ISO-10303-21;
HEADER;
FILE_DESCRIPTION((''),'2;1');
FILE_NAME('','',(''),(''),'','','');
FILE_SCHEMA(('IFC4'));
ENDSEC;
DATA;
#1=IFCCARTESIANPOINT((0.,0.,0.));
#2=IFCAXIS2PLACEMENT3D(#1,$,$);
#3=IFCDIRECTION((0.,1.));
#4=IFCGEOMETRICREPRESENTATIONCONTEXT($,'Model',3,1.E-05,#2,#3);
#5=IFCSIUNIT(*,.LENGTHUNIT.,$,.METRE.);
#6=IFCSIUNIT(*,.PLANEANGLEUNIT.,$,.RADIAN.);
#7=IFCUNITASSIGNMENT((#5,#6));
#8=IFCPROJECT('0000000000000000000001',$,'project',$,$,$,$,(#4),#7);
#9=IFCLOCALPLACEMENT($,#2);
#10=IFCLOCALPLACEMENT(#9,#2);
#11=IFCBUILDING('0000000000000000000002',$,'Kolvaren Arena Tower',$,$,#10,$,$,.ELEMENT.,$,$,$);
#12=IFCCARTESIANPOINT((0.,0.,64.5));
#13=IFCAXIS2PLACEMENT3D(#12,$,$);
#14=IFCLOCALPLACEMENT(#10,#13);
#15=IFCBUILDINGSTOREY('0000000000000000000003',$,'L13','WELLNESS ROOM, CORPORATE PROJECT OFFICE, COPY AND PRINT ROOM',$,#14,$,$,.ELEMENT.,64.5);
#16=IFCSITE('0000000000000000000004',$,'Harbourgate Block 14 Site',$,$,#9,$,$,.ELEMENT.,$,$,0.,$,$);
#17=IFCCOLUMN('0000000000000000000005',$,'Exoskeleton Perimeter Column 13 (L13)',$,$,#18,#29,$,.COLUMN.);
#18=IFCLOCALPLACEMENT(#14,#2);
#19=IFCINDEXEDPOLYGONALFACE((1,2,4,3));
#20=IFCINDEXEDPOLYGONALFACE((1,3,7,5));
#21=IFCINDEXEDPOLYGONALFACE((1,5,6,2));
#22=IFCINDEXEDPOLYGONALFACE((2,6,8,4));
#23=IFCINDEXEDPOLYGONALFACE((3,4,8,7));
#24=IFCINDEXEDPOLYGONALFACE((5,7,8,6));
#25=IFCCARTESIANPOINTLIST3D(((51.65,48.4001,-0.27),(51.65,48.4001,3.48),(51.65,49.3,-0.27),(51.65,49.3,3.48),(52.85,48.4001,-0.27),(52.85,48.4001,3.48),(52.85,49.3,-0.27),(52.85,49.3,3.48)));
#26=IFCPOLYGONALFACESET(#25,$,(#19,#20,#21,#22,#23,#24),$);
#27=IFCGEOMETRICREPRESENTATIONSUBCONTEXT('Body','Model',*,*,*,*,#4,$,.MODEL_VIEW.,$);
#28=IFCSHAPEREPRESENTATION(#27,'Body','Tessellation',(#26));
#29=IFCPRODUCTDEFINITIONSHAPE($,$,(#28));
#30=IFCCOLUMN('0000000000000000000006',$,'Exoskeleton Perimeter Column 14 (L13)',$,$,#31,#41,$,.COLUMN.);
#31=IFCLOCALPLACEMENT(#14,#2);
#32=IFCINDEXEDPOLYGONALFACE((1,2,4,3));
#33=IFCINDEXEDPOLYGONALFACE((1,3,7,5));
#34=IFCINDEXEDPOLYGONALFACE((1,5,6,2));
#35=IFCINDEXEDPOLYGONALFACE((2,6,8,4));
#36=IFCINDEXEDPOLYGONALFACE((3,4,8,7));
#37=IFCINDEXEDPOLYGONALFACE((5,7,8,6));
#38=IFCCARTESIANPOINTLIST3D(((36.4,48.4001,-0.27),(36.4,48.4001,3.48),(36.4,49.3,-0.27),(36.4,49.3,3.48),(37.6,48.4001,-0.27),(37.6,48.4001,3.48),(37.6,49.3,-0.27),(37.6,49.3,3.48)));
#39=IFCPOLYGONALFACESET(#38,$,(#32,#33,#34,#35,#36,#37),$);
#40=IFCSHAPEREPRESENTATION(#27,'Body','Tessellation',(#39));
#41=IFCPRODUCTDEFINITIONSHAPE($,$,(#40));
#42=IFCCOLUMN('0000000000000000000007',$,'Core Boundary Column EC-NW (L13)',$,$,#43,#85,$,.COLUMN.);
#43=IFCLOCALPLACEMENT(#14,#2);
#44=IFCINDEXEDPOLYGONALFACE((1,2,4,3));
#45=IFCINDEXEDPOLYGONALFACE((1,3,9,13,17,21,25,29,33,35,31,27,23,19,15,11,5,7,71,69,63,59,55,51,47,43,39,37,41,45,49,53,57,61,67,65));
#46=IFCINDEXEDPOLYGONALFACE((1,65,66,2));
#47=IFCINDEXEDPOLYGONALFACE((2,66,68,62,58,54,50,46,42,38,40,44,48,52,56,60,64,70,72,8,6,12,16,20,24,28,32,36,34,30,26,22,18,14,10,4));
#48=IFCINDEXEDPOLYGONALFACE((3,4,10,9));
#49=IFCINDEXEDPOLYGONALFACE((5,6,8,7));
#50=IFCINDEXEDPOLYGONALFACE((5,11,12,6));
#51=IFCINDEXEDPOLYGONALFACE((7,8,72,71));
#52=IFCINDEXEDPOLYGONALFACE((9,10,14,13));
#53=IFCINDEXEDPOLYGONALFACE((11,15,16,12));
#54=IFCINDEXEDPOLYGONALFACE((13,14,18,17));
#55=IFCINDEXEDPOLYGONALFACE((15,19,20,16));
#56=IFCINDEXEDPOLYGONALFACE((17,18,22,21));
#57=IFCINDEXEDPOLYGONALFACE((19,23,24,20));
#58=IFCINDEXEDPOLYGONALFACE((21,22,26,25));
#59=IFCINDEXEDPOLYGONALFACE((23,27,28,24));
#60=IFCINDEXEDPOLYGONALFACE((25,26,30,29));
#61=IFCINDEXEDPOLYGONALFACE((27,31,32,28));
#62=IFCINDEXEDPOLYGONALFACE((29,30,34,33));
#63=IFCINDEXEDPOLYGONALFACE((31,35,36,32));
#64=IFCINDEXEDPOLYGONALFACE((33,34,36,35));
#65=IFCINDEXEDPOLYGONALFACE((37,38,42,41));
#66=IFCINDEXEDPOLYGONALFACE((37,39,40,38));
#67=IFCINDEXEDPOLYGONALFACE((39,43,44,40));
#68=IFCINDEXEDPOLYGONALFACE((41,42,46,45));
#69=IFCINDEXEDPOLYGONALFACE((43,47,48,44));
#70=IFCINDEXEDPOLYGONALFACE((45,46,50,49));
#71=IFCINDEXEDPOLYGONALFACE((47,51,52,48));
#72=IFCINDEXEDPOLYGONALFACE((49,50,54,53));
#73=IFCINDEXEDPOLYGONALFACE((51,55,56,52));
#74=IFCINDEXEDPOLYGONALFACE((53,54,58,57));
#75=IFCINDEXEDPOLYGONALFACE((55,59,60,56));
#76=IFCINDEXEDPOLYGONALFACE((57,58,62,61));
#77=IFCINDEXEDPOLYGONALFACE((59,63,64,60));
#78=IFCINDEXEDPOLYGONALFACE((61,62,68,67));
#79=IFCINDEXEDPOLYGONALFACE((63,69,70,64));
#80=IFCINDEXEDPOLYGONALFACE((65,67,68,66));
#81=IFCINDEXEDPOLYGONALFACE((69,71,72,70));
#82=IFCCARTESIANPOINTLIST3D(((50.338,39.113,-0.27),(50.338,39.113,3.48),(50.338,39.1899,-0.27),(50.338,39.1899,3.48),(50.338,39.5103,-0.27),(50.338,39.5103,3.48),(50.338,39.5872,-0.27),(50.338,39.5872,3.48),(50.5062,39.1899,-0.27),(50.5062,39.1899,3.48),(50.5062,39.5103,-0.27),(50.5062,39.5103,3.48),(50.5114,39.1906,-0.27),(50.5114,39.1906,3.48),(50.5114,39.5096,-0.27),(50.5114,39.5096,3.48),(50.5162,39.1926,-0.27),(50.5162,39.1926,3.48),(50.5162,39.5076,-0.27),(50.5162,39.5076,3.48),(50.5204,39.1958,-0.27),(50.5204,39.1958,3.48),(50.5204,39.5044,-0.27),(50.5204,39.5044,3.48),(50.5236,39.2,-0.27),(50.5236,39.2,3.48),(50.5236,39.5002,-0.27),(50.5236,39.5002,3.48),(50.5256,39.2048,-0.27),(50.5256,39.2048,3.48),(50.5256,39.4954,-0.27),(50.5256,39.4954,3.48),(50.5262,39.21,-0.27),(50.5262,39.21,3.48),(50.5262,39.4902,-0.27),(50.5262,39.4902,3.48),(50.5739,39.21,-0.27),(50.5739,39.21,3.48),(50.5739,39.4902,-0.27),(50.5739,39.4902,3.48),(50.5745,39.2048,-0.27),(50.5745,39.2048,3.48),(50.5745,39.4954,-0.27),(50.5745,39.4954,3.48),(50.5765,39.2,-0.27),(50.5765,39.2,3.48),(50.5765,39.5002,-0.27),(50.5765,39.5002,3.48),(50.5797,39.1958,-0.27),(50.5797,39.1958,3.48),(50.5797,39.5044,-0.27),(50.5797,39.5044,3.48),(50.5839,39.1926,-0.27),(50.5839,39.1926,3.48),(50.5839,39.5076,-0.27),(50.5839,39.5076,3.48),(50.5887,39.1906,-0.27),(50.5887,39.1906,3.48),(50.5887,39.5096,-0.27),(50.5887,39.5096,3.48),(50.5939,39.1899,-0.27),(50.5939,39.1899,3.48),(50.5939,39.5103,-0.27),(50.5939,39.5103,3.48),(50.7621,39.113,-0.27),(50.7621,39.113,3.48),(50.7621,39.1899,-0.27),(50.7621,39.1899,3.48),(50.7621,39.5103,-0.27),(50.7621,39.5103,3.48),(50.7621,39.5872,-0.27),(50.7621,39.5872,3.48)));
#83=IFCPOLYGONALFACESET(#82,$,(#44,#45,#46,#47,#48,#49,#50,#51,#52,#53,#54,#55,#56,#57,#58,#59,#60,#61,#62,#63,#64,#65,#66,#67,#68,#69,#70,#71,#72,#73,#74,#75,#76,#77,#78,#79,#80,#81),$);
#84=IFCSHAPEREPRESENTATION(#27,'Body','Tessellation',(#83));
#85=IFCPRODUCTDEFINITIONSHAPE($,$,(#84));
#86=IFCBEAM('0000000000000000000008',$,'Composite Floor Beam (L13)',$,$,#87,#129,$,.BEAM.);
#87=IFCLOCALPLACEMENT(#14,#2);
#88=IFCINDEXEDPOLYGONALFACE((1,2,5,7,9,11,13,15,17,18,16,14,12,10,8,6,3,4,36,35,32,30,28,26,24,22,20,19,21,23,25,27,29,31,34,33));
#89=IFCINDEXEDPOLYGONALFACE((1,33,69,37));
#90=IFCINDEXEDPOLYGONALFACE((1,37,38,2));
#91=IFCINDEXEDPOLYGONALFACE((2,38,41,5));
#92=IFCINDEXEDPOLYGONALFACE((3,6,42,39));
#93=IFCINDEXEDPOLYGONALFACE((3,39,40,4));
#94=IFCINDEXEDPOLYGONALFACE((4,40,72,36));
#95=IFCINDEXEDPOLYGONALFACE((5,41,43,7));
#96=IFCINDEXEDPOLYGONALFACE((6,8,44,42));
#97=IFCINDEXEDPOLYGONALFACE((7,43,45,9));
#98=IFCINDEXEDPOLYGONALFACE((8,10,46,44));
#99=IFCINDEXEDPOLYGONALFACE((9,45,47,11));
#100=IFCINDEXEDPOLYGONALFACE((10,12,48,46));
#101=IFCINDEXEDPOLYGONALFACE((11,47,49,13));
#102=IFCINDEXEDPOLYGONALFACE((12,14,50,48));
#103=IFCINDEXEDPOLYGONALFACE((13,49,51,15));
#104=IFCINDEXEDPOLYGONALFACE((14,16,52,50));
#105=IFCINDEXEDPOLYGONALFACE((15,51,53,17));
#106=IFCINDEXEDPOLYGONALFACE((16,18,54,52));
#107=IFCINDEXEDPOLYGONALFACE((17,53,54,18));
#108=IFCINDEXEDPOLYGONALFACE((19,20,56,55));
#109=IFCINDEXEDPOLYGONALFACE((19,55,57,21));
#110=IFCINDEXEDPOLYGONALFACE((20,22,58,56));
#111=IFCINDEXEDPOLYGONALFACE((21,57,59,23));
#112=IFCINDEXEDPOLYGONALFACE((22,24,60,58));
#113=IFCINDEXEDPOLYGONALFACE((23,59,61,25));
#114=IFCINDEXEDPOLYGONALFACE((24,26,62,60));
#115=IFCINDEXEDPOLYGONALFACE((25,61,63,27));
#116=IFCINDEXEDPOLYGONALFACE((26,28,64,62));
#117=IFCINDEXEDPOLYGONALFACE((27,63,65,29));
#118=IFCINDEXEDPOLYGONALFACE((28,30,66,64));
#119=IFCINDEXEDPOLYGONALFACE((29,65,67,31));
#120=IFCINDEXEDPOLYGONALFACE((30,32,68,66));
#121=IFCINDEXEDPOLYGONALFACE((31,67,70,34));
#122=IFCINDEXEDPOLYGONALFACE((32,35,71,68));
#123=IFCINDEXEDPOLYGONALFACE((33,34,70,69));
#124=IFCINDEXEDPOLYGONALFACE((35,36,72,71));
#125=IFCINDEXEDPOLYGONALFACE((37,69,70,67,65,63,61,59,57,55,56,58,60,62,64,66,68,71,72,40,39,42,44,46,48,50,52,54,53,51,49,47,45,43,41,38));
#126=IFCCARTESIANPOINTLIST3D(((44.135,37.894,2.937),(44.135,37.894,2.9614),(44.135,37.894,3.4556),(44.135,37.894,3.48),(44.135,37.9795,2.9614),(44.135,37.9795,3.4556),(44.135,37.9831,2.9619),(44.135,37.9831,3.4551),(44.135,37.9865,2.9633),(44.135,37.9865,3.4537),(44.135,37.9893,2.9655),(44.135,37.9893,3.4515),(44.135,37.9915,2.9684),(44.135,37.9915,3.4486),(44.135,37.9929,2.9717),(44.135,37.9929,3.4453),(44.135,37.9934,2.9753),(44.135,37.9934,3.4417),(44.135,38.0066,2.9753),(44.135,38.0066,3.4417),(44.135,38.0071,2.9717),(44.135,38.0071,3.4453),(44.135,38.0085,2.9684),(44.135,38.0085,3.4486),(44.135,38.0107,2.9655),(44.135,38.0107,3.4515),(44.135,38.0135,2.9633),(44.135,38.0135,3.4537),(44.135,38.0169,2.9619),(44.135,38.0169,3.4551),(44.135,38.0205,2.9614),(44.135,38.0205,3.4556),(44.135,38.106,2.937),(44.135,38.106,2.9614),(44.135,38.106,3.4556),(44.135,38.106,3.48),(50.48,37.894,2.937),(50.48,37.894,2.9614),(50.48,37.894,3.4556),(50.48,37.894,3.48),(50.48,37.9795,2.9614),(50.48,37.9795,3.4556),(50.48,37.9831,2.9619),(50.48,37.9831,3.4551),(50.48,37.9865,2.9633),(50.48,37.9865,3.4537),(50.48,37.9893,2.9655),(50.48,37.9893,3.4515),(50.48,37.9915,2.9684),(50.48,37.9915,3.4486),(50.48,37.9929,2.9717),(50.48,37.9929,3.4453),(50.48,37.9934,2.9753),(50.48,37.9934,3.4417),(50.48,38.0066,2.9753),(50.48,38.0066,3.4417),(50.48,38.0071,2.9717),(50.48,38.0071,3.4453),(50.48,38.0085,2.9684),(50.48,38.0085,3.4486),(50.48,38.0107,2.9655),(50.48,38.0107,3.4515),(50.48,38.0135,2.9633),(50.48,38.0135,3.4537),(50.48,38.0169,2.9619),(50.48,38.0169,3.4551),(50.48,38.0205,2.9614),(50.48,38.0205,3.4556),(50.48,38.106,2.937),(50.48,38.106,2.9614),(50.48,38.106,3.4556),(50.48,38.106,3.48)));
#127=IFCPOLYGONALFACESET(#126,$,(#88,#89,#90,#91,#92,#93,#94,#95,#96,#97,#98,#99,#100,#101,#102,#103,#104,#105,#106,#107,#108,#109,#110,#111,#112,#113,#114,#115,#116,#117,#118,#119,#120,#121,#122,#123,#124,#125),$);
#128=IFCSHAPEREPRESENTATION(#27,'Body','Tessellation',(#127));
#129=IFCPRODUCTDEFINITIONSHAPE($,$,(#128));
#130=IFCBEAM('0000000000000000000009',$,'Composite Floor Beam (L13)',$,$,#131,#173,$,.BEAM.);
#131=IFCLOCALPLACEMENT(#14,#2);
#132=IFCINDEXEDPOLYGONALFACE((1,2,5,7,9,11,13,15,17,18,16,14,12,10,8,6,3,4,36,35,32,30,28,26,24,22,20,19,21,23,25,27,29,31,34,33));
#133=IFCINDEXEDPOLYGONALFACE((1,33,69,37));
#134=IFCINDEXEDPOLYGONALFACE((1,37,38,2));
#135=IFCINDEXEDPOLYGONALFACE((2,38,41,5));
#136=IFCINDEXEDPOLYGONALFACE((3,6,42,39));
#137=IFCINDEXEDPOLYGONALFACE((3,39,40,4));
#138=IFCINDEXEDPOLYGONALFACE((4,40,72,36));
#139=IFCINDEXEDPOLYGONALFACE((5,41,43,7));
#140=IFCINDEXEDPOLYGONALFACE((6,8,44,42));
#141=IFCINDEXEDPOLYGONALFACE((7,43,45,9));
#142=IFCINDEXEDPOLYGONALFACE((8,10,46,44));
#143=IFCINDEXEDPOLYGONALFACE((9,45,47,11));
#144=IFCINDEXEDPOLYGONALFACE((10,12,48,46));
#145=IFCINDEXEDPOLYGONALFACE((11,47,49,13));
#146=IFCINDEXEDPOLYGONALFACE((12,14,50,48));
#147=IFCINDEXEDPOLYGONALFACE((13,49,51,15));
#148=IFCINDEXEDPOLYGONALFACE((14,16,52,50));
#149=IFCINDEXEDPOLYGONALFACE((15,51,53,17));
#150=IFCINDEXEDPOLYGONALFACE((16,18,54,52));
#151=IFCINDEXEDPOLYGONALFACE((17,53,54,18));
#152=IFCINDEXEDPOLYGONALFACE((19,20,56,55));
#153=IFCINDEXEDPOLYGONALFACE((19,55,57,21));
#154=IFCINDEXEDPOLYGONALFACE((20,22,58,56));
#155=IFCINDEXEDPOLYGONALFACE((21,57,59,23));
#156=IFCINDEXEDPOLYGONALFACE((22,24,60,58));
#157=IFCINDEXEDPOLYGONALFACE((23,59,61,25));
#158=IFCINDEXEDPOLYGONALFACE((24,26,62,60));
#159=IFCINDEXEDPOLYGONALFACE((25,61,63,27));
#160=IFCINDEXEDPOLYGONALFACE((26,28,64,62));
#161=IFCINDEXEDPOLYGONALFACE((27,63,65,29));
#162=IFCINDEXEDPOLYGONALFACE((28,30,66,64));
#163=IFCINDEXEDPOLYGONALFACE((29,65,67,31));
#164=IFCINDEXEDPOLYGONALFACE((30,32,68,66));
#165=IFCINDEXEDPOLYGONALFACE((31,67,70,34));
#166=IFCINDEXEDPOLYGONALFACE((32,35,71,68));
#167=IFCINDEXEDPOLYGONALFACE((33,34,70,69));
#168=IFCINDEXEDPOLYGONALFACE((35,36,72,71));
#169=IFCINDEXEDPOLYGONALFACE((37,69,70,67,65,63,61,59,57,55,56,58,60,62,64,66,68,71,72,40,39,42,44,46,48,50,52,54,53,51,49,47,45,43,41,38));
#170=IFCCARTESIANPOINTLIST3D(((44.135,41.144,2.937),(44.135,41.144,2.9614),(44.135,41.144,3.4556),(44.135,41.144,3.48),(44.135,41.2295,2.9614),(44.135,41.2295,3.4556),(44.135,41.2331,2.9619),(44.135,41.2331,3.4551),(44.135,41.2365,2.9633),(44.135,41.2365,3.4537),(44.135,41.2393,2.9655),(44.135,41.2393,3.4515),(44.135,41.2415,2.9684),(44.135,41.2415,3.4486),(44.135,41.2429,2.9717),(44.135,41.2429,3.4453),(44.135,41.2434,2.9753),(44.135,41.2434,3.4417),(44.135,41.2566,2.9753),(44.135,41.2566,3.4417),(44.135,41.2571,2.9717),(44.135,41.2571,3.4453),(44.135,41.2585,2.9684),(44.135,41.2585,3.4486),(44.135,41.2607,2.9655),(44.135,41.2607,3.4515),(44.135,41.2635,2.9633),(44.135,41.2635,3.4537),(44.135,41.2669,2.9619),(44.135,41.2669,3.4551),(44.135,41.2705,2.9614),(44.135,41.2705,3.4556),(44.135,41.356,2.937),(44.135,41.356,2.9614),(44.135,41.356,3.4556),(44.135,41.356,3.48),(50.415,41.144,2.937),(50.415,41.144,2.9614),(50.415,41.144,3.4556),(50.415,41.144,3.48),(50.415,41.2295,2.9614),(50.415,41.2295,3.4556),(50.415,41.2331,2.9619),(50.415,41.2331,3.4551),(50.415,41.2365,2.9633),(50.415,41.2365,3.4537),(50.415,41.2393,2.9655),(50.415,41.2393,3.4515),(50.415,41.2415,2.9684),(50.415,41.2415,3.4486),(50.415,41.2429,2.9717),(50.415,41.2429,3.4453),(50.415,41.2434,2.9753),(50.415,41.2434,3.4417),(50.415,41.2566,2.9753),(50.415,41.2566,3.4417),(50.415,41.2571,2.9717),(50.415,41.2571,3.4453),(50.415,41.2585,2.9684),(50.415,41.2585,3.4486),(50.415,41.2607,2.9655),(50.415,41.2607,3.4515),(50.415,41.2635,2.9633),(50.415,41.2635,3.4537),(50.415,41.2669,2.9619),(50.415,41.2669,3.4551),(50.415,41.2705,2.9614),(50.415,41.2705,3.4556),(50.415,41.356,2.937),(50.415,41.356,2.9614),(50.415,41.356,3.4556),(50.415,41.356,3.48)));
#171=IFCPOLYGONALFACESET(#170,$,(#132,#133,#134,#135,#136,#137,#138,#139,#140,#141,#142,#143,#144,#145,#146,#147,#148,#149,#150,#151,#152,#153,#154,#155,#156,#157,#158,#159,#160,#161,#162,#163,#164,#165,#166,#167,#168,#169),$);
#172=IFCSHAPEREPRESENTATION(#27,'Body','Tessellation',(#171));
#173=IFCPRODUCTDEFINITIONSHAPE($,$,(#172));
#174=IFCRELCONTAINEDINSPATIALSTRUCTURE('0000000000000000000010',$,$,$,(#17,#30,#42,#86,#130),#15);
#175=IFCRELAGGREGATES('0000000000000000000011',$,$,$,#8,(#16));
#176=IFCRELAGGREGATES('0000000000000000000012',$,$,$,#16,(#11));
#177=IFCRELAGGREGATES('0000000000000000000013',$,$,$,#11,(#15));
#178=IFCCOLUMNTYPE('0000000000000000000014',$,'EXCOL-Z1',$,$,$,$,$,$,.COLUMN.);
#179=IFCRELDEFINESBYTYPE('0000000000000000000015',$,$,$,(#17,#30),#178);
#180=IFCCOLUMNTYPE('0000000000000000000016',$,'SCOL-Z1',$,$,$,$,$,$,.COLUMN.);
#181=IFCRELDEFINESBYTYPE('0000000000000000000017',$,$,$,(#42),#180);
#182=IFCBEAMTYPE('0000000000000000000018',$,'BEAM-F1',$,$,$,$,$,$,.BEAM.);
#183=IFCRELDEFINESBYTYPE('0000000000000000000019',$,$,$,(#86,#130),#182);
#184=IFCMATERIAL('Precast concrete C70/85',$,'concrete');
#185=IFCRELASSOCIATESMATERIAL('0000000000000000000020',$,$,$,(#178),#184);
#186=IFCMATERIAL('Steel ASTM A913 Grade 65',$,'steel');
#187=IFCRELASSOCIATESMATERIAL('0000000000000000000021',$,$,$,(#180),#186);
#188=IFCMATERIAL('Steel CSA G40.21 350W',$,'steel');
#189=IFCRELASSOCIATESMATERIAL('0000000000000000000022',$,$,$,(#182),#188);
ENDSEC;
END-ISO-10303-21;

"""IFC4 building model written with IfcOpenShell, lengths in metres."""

from ifc_helpers import new_model, si_unit, direction, frame, origin, origin_2d, place, context, subcontext, project, spatial, rectangle, i_section, extrude, material, material_profile, profile_set, type_object, element, save


model = new_model("IFC4")

# Units and contexts
model_context = context("Model", 3, precision=1e-05, world=origin(), true_north=direction((0.0, 1.0)))
body_context = subcontext(model_context, "Body", "Model", "MODEL_VIEW")
ifc_project = project(units=[si_unit("LENGTHUNIT", "METRE"), si_unit("PLANEANGLEUNIT", "RADIAN")], contexts=[model_context])

# Site, building, storey
site_placement = place(None, origin())
site = spatial("IfcSite", under=ifc_project, at=site_placement, Name="Harbourgate Block 14 Site", CompositionType="ELEMENT", RefElevation=0.0)
building_placement = place(site_placement, origin())
building = spatial("IfcBuilding", under=site, at=building_placement, Name="Kolvaren Arena Tower", CompositionType="ELEMENT")
storey_placement = place(building_placement, frame((0.0, 0.0, 64.5)))
storey = spatial("IfcBuildingStorey", under=building, at=storey_placement, Name="L13", Description="WELLNESS ROOM, CORPORATE PROJECT OFFICE, COPY AND PRINT ROOM", CompositionType="ELEMENT", Elevation=64.5)

# Columns
ifc_material_1 = material(Name="Precast concrete C70/85", Category="concrete")
ifc_material_profile_1 = material_profile(ifc_material_1, rectangle(XDim=1.2, YDim=0.8999, at=origin_2d()), Name="RC-1200x900")
ifc_profile_set_1 = profile_set([ifc_material_profile_1], Name="Precast concrete C70/85")
column_type_1 = type_object("IfcColumnType", Name="EXCOL-Z1", PredefinedType="COLUMN", material=ifc_profile_set_1)
for number, where, z_axis, x_axis, name in (
    (1, (52.25, 48.8501, -0.27), (0.0, 0.0, 1.0), (1.0, 0.0, 0.0), "Exoskeleton Perimeter Column 13 (L13)"),
    (2, (37.0, 48.8501, -0.27), (0.0, 0.0, 1.0), (1.0, 0.0, 0.0), "Exoskeleton Perimeter Column 14 (L13)"),
):
    element("IfcColumn", number, at=place(storey_placement, frame(where, z_axis=z_axis, x_axis=x_axis)), inside=storey, type_object=column_type_1, Name=name, PredefinedType="COLUMN", context=body_context, shape_type="SweptSolid", body=[
        extrude(rectangle(XDim=1.2, YDim=0.8999, at=origin_2d()), origin(), (0.0, 0.0, 1.0), 3.75),
    ])
ifc_material_2 = material(Name="Steel ASTM A913 Grade 65", Category="steel")
ifc_material_profile_2 = material_profile(ifc_material_2, i_section(OverallWidth=0.4241, OverallDepth=0.4741, WebThickness=0.0476, FlangeThickness=0.0769, FilletRadius=0.02, at=origin_2d()), Name="W360x634")
ifc_profile_set_2 = profile_set([ifc_material_profile_2], Name="Steel ASTM A913 Grade 65")
column_type_2 = type_object("IfcColumnType", Name="SCOL-Z1", PredefinedType="COLUMN", material=ifc_profile_set_2)
column_placement = place(storey_placement, frame((50.55, 39.3501, -0.27), z_axis=(0.0, 0.0, 1.0), x_axis=(1.0, 0.0, 0.0)))
element("IfcColumn", 3, at=column_placement, inside=storey, type_object=column_type_2, Name="Core Boundary Column EC-NW (L13)", PredefinedType="COLUMN", context=body_context, shape_type="SweptSolid", body=[
    extrude(i_section(OverallWidth=0.4241, OverallDepth=0.4741, WebThickness=0.0476, FlangeThickness=0.0769, FilletRadius=0.02, at=origin_2d()), origin(), (0.0, 0.0, 1.0), 3.75),
])

# Beams
ifc_material_3 = material(Name="Steel CSA G40.21 350W", Category="steel")
ifc_material_profile_3 = material_profile(ifc_material_3, i_section(OverallWidth=0.2119, OverallDepth=0.543, WebThickness=0.0132, FlangeThickness=0.0244, FilletRadius=0.0139, at=origin_2d()), Name="W530x150")
ifc_profile_set_3 = profile_set([ifc_material_profile_3], Name="Steel CSA G40.21 350W")
beam_type_1 = type_object("IfcBeamType", Name="BEAM-F1", PredefinedType="BEAM", material=ifc_profile_set_3)
beam_1_placement = place(storey_placement, frame((44.135, 38.0, 3.2085), z_axis=(1.0, 0.0, 0.0), x_axis=(0.0, 1.0, 0.0)))
element("IfcBeam", 4, at=beam_1_placement, inside=storey, type_object=beam_type_1, Name="Composite Floor Beam (L13)", PredefinedType="BEAM", context=body_context, shape_type="SweptSolid", body=[
    extrude(i_section(OverallWidth=0.2119, OverallDepth=0.543, WebThickness=0.0132, FlangeThickness=0.0244, FilletRadius=0.0139, at=origin_2d()), origin(), (0.0, 0.0, 1.0), 6.345),
])
beam_2_placement = place(storey_placement, frame((44.135, 41.25, 3.2085), z_axis=(1.0, 0.0, 0.0), x_axis=(0.0, 1.0, 0.0)))
element("IfcBeam", 5, at=beam_2_placement, inside=storey, type_object=beam_type_1, Name="Composite Floor Beam (L13)", PredefinedType="BEAM", context=body_context, shape_type="SweptSolid", body=[
    extrude(i_section(OverallWidth=0.2119, OverallDepth=0.543, WebThickness=0.0132, FlangeThickness=0.0244, FilletRadius=0.0139, at=origin_2d()), origin(), (0.0, 0.0, 1.0), 6.28),
])

save(model, "model.ifc")
